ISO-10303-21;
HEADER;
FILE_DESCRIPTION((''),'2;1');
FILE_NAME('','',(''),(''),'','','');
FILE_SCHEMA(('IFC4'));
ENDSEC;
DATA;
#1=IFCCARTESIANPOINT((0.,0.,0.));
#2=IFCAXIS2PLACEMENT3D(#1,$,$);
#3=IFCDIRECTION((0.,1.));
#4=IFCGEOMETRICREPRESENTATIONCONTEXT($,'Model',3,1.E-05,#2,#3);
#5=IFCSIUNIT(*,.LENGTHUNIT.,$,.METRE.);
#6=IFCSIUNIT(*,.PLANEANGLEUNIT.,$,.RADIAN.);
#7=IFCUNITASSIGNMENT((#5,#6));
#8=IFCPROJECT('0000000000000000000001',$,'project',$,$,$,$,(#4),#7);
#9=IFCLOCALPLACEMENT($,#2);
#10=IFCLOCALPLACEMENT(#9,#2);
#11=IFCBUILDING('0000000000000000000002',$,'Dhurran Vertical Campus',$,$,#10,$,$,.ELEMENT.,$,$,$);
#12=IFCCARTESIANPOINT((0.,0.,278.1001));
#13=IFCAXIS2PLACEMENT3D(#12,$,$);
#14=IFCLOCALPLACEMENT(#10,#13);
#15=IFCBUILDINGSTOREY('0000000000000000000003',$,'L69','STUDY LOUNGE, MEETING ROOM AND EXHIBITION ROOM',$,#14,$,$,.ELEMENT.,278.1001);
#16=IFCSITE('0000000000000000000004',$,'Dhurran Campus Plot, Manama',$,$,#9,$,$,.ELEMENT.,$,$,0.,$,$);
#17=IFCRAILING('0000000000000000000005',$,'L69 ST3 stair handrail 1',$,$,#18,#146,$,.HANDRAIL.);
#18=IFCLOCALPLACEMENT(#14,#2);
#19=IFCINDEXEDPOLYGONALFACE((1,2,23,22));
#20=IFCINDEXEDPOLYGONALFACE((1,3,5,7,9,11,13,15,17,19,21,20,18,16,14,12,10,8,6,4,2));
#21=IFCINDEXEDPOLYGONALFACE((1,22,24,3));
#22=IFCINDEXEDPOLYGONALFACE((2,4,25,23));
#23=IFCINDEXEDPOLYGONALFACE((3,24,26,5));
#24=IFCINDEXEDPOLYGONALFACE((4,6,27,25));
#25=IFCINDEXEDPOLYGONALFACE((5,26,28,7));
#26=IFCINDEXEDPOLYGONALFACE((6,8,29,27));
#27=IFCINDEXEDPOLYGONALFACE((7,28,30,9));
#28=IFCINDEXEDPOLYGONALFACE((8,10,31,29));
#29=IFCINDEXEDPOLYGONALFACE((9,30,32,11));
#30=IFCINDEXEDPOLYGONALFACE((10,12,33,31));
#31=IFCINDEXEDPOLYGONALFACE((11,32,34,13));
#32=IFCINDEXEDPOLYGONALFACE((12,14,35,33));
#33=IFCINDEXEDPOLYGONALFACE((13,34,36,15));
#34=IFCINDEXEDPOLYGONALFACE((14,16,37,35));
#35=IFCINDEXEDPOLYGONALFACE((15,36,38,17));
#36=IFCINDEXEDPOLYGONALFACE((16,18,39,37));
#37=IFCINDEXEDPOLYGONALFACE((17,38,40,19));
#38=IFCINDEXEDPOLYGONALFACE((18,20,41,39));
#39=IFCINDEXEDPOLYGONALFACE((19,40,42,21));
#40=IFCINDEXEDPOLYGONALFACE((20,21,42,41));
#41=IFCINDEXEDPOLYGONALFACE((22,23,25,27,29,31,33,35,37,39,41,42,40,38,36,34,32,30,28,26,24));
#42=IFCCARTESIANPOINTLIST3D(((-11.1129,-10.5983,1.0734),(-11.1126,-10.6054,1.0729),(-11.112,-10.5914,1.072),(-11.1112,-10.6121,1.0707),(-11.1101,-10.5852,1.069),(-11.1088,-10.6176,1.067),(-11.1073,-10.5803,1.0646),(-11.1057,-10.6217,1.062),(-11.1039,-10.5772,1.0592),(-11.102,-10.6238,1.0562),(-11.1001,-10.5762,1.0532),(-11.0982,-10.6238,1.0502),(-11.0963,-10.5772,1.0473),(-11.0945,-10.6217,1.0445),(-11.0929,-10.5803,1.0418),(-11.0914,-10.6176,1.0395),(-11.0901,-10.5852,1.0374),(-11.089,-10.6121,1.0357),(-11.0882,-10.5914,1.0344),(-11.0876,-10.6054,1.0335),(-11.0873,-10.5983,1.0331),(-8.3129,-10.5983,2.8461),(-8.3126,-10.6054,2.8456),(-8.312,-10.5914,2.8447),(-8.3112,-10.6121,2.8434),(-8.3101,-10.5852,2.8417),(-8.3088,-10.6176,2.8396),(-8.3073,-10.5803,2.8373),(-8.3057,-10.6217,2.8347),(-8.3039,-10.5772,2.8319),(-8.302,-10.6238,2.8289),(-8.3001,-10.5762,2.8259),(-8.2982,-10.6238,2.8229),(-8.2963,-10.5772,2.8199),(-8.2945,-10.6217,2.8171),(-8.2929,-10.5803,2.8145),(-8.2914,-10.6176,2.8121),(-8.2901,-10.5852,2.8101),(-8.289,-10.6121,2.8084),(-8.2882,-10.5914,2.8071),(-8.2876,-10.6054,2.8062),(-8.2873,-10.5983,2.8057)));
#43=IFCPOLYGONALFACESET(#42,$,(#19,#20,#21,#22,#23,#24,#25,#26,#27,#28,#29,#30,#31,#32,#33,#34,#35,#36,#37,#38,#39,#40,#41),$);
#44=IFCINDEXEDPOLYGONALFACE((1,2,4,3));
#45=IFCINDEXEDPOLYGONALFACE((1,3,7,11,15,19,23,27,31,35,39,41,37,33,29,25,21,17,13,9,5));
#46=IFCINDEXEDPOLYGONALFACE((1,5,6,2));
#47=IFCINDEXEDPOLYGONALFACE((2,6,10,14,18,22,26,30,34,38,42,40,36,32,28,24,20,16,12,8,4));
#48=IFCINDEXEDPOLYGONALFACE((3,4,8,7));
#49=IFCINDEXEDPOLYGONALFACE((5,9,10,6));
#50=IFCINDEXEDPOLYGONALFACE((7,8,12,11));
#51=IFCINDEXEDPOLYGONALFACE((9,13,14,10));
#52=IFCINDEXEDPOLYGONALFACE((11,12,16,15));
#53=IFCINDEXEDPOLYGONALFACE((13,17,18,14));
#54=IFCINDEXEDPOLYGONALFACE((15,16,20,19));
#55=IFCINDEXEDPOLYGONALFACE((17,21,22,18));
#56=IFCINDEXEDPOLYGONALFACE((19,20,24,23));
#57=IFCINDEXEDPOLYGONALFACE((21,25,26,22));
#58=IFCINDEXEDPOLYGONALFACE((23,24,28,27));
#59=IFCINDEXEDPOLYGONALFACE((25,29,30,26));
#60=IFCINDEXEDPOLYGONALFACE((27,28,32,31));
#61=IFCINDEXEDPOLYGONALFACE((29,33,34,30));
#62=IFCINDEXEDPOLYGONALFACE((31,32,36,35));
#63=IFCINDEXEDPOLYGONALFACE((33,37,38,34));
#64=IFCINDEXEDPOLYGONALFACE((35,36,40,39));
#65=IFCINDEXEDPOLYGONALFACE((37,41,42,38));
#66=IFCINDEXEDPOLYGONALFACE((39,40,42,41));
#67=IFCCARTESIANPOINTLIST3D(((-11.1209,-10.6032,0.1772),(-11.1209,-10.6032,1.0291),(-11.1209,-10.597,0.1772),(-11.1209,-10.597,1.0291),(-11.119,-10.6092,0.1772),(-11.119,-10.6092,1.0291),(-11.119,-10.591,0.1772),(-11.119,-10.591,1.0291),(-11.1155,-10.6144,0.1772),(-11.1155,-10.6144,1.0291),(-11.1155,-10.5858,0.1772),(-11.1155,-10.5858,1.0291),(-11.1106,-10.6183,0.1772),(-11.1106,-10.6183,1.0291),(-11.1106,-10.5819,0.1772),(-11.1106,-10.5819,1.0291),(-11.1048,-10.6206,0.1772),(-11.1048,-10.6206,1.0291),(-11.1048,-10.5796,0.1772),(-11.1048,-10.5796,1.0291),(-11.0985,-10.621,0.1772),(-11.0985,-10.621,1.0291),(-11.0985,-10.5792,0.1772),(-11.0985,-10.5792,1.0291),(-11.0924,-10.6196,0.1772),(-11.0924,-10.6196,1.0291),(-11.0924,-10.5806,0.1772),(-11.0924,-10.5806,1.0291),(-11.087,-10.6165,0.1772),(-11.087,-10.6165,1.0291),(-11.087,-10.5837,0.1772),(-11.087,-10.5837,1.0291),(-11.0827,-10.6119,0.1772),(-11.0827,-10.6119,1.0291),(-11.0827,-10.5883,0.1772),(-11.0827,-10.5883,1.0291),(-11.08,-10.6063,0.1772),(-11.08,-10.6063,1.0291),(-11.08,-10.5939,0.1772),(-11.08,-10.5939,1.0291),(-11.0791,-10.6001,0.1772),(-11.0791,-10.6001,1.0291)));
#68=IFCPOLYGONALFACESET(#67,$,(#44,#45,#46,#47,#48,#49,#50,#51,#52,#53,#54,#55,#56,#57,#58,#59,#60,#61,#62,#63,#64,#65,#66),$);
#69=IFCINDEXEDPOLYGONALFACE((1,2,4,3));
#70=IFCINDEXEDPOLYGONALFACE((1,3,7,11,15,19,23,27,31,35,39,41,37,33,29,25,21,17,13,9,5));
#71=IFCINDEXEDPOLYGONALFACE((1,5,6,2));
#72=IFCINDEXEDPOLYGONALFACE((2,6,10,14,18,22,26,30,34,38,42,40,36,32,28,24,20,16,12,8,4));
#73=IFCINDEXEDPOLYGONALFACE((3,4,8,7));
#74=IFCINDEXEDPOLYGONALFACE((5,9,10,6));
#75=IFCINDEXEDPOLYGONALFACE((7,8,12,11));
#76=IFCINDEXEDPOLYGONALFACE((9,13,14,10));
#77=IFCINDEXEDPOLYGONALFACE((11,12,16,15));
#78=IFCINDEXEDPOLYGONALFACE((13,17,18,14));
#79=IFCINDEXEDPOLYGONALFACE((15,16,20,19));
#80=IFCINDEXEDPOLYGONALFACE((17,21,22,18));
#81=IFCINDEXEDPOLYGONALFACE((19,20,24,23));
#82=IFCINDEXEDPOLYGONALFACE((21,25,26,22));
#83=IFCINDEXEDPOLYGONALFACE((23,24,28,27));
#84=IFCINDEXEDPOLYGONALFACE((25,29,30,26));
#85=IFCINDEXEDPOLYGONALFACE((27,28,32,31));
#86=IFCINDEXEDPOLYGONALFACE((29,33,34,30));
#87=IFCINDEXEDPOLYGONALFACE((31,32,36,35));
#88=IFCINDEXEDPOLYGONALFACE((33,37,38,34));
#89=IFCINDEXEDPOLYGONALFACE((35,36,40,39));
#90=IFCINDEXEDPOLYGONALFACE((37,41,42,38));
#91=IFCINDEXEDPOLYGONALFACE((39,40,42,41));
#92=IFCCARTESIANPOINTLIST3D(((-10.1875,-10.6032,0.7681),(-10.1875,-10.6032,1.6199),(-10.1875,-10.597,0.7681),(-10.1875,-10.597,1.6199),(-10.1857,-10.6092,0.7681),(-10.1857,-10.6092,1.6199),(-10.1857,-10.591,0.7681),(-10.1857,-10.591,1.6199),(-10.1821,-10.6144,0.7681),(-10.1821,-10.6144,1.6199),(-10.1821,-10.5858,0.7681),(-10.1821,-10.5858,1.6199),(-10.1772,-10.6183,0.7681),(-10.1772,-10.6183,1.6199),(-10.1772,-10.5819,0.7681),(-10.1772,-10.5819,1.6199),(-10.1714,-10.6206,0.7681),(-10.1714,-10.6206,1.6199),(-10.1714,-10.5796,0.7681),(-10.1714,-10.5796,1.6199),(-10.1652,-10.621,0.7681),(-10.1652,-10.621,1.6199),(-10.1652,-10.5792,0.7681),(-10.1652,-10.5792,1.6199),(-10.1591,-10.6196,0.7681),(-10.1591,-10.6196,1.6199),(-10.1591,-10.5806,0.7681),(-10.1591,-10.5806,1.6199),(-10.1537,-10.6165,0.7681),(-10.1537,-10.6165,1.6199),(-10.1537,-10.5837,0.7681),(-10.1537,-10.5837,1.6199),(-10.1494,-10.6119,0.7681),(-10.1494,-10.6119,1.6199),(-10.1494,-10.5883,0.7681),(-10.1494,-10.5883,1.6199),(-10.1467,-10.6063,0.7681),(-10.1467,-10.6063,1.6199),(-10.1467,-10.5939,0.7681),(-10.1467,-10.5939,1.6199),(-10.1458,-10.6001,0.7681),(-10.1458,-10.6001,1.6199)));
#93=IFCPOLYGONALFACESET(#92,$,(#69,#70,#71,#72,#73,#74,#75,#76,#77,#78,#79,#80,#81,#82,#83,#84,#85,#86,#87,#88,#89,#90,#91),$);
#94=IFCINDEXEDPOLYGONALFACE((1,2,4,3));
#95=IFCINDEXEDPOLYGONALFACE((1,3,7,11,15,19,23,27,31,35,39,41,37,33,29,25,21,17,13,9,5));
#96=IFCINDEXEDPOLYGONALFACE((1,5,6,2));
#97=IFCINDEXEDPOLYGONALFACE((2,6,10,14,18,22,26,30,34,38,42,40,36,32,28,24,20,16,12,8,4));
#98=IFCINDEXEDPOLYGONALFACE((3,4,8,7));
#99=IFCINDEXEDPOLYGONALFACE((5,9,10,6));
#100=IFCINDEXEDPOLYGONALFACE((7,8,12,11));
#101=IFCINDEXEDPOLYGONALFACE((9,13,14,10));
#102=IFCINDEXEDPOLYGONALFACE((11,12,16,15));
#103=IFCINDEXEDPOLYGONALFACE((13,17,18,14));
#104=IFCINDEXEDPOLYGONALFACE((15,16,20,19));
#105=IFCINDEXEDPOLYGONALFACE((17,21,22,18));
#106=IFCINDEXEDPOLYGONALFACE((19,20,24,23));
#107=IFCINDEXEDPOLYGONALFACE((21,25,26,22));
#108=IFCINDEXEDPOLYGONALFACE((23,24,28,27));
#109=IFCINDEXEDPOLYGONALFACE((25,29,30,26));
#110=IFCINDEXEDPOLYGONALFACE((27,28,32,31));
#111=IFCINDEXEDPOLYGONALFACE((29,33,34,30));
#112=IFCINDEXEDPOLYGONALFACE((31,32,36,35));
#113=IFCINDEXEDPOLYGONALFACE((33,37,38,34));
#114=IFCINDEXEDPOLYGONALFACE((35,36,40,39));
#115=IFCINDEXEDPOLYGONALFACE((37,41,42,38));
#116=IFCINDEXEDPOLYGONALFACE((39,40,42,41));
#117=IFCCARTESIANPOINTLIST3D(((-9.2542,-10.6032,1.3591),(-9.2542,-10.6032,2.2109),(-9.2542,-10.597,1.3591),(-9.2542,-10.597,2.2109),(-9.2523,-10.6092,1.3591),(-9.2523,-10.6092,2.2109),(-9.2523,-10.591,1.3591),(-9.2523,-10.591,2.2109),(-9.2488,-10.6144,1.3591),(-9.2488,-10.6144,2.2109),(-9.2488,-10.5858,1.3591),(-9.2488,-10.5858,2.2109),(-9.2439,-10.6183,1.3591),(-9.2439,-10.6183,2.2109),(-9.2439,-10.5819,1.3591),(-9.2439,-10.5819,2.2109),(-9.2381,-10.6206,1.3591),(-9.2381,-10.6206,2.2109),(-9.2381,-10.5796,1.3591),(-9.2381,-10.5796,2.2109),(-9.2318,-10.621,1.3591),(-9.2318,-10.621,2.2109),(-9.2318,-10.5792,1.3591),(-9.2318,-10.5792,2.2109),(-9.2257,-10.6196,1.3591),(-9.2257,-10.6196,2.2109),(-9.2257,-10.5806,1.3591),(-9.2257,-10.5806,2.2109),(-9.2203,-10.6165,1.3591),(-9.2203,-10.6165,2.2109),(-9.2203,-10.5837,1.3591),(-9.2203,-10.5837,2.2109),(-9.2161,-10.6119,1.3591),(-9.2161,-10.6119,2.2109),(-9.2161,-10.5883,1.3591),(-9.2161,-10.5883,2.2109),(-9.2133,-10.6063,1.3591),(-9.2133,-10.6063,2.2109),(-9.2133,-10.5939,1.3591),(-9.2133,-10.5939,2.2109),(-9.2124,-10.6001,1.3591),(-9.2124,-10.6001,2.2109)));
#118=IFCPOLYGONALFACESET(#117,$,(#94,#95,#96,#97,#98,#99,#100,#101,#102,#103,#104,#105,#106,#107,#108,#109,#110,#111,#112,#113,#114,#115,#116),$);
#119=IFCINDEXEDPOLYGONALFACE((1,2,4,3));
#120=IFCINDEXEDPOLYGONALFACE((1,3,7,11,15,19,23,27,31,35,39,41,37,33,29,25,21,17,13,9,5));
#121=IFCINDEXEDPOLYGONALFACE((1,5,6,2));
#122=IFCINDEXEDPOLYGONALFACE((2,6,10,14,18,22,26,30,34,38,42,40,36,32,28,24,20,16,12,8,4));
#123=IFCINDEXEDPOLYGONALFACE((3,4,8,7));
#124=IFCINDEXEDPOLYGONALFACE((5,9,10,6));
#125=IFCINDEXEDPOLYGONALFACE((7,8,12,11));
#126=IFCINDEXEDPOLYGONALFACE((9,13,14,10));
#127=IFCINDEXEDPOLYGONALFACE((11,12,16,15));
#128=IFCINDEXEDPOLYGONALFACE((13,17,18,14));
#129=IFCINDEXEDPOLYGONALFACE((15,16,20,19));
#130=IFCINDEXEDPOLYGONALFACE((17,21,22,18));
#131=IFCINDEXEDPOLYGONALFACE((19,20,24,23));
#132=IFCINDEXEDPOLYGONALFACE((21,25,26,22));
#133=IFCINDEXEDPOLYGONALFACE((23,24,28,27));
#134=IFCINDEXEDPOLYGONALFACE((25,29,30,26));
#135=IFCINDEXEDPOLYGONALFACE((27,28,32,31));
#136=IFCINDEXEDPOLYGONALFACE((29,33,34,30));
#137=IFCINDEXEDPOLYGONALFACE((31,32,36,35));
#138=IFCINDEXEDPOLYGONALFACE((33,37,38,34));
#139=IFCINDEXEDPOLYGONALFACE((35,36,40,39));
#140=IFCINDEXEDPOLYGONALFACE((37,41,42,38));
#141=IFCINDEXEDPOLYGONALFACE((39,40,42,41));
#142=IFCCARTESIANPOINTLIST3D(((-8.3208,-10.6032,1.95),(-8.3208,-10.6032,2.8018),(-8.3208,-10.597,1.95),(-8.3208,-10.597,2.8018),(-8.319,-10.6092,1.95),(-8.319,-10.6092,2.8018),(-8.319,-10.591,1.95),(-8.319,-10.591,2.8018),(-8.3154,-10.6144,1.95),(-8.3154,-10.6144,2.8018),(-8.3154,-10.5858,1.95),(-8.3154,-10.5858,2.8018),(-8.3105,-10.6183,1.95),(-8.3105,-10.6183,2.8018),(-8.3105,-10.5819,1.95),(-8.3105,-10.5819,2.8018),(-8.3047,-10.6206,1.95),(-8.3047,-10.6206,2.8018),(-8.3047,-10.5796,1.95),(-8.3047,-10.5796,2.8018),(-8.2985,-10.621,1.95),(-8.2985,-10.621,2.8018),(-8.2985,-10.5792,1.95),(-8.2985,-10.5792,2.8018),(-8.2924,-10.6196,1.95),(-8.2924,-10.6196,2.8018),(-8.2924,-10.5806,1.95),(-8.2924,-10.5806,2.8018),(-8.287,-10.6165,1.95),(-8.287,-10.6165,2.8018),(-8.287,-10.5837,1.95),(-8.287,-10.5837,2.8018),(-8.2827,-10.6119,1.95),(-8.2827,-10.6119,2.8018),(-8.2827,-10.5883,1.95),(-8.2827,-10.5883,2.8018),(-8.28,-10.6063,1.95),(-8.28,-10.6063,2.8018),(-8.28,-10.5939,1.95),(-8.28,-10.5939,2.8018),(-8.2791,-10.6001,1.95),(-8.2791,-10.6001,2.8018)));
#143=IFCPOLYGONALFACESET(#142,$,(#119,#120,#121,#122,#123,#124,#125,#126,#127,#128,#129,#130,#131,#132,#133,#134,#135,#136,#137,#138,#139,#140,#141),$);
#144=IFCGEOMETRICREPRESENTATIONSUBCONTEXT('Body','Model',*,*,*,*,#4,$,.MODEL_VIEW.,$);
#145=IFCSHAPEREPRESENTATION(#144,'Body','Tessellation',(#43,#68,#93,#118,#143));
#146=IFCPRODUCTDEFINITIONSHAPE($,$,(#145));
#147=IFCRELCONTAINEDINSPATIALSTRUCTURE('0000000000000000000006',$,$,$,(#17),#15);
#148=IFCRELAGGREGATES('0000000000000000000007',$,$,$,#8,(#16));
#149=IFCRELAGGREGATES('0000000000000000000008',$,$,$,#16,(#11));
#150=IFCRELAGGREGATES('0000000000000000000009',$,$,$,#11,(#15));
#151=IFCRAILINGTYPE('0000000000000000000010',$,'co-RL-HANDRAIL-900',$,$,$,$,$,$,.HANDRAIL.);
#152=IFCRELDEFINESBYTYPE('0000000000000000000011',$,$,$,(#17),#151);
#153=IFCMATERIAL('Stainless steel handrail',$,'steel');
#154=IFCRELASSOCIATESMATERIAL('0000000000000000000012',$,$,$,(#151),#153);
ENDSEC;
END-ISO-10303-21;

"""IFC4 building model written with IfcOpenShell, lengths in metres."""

from ifc_helpers import new_model, si_unit, direction, frame, origin, origin_2d, place, context, subcontext, project, spatial, circle, extrude, material, type_object, element, save


model = new_model("IFC4")

# Units and contexts
model_context = context("Model", 3, precision=1e-05, world=origin(), true_north=direction((0.0, 1.0)))
body_context = subcontext(model_context, "Body", "Model", "MODEL_VIEW")
ifc_project = project(units=[si_unit("LENGTHUNIT", "METRE"), si_unit("PLANEANGLEUNIT", "RADIAN")], contexts=[model_context])

# Site, building, storey
site_placement = place(None, origin())
site = spatial("IfcSite", under=ifc_project, at=site_placement, Name="Dhurran Campus Plot, Manama", CompositionType="ELEMENT", RefElevation=0.0)
building_placement = place(site_placement, origin())
building = spatial("IfcBuilding", under=site, at=building_placement, Name="Dhurran Vertical Campus", CompositionType="ELEMENT")
storey_placement = place(building_placement, frame((0.0, 0.0, 278.1001)))
storey = spatial("IfcBuildingStorey", under=building, at=storey_placement, Name="L69", Description="STUDY LOUNGE, MEETING ROOM AND EXHIBITION ROOM", CompositionType="ELEMENT", Elevation=278.1001)

# Railing
ifc_material_1 = material(Name="Stainless steel handrail", Category="steel")
railing_type_1 = type_object("IfcRailingType", Name="co-RL-HANDRAIL-900", PredefinedType="HANDRAIL", material=ifc_material_1)
railing_1_placement = place(storey_placement, frame((-11.1001, -10.6001, 0.1772)))
element("IfcRailing", 1, at=railing_1_placement, inside=storey, type_object=railing_type_1, Name="L69 ST3 stair handrail 1", PredefinedType="HANDRAIL", context=body_context, shape_type="SweptSolid", body=[
    extrude(circle(Radius=0.0239, at=origin_2d()), frame((0.0, 0.0, 0.876), z_axis=(0.844909, 0.0, 0.53491), x_axis=(0.0, 1.0, 0.0)), (0.0, 0.0, 1.0), 3.314),
    extrude(circle(Radius=0.021, at=origin_2d()), origin(), (0.0, 0.0, 1.0), 0.8518),
    extrude(circle(Radius=0.021, at=origin_2d()), frame((0.9333, 0.0, 0.5908)), (0.0, 0.0, 1.0), 0.8518),
    extrude(circle(Radius=0.021, at=origin_2d()), frame((1.8667, 0.0, 1.1819)), (0.0, 0.0, 1.0), 0.8518),
    extrude(circle(Radius=0.021, at=origin_2d()), frame((2.8, 0.0, 1.7727)), (0.0, 0.0, 1.0), 0.8518),
])

save(model, "model.ifc")
